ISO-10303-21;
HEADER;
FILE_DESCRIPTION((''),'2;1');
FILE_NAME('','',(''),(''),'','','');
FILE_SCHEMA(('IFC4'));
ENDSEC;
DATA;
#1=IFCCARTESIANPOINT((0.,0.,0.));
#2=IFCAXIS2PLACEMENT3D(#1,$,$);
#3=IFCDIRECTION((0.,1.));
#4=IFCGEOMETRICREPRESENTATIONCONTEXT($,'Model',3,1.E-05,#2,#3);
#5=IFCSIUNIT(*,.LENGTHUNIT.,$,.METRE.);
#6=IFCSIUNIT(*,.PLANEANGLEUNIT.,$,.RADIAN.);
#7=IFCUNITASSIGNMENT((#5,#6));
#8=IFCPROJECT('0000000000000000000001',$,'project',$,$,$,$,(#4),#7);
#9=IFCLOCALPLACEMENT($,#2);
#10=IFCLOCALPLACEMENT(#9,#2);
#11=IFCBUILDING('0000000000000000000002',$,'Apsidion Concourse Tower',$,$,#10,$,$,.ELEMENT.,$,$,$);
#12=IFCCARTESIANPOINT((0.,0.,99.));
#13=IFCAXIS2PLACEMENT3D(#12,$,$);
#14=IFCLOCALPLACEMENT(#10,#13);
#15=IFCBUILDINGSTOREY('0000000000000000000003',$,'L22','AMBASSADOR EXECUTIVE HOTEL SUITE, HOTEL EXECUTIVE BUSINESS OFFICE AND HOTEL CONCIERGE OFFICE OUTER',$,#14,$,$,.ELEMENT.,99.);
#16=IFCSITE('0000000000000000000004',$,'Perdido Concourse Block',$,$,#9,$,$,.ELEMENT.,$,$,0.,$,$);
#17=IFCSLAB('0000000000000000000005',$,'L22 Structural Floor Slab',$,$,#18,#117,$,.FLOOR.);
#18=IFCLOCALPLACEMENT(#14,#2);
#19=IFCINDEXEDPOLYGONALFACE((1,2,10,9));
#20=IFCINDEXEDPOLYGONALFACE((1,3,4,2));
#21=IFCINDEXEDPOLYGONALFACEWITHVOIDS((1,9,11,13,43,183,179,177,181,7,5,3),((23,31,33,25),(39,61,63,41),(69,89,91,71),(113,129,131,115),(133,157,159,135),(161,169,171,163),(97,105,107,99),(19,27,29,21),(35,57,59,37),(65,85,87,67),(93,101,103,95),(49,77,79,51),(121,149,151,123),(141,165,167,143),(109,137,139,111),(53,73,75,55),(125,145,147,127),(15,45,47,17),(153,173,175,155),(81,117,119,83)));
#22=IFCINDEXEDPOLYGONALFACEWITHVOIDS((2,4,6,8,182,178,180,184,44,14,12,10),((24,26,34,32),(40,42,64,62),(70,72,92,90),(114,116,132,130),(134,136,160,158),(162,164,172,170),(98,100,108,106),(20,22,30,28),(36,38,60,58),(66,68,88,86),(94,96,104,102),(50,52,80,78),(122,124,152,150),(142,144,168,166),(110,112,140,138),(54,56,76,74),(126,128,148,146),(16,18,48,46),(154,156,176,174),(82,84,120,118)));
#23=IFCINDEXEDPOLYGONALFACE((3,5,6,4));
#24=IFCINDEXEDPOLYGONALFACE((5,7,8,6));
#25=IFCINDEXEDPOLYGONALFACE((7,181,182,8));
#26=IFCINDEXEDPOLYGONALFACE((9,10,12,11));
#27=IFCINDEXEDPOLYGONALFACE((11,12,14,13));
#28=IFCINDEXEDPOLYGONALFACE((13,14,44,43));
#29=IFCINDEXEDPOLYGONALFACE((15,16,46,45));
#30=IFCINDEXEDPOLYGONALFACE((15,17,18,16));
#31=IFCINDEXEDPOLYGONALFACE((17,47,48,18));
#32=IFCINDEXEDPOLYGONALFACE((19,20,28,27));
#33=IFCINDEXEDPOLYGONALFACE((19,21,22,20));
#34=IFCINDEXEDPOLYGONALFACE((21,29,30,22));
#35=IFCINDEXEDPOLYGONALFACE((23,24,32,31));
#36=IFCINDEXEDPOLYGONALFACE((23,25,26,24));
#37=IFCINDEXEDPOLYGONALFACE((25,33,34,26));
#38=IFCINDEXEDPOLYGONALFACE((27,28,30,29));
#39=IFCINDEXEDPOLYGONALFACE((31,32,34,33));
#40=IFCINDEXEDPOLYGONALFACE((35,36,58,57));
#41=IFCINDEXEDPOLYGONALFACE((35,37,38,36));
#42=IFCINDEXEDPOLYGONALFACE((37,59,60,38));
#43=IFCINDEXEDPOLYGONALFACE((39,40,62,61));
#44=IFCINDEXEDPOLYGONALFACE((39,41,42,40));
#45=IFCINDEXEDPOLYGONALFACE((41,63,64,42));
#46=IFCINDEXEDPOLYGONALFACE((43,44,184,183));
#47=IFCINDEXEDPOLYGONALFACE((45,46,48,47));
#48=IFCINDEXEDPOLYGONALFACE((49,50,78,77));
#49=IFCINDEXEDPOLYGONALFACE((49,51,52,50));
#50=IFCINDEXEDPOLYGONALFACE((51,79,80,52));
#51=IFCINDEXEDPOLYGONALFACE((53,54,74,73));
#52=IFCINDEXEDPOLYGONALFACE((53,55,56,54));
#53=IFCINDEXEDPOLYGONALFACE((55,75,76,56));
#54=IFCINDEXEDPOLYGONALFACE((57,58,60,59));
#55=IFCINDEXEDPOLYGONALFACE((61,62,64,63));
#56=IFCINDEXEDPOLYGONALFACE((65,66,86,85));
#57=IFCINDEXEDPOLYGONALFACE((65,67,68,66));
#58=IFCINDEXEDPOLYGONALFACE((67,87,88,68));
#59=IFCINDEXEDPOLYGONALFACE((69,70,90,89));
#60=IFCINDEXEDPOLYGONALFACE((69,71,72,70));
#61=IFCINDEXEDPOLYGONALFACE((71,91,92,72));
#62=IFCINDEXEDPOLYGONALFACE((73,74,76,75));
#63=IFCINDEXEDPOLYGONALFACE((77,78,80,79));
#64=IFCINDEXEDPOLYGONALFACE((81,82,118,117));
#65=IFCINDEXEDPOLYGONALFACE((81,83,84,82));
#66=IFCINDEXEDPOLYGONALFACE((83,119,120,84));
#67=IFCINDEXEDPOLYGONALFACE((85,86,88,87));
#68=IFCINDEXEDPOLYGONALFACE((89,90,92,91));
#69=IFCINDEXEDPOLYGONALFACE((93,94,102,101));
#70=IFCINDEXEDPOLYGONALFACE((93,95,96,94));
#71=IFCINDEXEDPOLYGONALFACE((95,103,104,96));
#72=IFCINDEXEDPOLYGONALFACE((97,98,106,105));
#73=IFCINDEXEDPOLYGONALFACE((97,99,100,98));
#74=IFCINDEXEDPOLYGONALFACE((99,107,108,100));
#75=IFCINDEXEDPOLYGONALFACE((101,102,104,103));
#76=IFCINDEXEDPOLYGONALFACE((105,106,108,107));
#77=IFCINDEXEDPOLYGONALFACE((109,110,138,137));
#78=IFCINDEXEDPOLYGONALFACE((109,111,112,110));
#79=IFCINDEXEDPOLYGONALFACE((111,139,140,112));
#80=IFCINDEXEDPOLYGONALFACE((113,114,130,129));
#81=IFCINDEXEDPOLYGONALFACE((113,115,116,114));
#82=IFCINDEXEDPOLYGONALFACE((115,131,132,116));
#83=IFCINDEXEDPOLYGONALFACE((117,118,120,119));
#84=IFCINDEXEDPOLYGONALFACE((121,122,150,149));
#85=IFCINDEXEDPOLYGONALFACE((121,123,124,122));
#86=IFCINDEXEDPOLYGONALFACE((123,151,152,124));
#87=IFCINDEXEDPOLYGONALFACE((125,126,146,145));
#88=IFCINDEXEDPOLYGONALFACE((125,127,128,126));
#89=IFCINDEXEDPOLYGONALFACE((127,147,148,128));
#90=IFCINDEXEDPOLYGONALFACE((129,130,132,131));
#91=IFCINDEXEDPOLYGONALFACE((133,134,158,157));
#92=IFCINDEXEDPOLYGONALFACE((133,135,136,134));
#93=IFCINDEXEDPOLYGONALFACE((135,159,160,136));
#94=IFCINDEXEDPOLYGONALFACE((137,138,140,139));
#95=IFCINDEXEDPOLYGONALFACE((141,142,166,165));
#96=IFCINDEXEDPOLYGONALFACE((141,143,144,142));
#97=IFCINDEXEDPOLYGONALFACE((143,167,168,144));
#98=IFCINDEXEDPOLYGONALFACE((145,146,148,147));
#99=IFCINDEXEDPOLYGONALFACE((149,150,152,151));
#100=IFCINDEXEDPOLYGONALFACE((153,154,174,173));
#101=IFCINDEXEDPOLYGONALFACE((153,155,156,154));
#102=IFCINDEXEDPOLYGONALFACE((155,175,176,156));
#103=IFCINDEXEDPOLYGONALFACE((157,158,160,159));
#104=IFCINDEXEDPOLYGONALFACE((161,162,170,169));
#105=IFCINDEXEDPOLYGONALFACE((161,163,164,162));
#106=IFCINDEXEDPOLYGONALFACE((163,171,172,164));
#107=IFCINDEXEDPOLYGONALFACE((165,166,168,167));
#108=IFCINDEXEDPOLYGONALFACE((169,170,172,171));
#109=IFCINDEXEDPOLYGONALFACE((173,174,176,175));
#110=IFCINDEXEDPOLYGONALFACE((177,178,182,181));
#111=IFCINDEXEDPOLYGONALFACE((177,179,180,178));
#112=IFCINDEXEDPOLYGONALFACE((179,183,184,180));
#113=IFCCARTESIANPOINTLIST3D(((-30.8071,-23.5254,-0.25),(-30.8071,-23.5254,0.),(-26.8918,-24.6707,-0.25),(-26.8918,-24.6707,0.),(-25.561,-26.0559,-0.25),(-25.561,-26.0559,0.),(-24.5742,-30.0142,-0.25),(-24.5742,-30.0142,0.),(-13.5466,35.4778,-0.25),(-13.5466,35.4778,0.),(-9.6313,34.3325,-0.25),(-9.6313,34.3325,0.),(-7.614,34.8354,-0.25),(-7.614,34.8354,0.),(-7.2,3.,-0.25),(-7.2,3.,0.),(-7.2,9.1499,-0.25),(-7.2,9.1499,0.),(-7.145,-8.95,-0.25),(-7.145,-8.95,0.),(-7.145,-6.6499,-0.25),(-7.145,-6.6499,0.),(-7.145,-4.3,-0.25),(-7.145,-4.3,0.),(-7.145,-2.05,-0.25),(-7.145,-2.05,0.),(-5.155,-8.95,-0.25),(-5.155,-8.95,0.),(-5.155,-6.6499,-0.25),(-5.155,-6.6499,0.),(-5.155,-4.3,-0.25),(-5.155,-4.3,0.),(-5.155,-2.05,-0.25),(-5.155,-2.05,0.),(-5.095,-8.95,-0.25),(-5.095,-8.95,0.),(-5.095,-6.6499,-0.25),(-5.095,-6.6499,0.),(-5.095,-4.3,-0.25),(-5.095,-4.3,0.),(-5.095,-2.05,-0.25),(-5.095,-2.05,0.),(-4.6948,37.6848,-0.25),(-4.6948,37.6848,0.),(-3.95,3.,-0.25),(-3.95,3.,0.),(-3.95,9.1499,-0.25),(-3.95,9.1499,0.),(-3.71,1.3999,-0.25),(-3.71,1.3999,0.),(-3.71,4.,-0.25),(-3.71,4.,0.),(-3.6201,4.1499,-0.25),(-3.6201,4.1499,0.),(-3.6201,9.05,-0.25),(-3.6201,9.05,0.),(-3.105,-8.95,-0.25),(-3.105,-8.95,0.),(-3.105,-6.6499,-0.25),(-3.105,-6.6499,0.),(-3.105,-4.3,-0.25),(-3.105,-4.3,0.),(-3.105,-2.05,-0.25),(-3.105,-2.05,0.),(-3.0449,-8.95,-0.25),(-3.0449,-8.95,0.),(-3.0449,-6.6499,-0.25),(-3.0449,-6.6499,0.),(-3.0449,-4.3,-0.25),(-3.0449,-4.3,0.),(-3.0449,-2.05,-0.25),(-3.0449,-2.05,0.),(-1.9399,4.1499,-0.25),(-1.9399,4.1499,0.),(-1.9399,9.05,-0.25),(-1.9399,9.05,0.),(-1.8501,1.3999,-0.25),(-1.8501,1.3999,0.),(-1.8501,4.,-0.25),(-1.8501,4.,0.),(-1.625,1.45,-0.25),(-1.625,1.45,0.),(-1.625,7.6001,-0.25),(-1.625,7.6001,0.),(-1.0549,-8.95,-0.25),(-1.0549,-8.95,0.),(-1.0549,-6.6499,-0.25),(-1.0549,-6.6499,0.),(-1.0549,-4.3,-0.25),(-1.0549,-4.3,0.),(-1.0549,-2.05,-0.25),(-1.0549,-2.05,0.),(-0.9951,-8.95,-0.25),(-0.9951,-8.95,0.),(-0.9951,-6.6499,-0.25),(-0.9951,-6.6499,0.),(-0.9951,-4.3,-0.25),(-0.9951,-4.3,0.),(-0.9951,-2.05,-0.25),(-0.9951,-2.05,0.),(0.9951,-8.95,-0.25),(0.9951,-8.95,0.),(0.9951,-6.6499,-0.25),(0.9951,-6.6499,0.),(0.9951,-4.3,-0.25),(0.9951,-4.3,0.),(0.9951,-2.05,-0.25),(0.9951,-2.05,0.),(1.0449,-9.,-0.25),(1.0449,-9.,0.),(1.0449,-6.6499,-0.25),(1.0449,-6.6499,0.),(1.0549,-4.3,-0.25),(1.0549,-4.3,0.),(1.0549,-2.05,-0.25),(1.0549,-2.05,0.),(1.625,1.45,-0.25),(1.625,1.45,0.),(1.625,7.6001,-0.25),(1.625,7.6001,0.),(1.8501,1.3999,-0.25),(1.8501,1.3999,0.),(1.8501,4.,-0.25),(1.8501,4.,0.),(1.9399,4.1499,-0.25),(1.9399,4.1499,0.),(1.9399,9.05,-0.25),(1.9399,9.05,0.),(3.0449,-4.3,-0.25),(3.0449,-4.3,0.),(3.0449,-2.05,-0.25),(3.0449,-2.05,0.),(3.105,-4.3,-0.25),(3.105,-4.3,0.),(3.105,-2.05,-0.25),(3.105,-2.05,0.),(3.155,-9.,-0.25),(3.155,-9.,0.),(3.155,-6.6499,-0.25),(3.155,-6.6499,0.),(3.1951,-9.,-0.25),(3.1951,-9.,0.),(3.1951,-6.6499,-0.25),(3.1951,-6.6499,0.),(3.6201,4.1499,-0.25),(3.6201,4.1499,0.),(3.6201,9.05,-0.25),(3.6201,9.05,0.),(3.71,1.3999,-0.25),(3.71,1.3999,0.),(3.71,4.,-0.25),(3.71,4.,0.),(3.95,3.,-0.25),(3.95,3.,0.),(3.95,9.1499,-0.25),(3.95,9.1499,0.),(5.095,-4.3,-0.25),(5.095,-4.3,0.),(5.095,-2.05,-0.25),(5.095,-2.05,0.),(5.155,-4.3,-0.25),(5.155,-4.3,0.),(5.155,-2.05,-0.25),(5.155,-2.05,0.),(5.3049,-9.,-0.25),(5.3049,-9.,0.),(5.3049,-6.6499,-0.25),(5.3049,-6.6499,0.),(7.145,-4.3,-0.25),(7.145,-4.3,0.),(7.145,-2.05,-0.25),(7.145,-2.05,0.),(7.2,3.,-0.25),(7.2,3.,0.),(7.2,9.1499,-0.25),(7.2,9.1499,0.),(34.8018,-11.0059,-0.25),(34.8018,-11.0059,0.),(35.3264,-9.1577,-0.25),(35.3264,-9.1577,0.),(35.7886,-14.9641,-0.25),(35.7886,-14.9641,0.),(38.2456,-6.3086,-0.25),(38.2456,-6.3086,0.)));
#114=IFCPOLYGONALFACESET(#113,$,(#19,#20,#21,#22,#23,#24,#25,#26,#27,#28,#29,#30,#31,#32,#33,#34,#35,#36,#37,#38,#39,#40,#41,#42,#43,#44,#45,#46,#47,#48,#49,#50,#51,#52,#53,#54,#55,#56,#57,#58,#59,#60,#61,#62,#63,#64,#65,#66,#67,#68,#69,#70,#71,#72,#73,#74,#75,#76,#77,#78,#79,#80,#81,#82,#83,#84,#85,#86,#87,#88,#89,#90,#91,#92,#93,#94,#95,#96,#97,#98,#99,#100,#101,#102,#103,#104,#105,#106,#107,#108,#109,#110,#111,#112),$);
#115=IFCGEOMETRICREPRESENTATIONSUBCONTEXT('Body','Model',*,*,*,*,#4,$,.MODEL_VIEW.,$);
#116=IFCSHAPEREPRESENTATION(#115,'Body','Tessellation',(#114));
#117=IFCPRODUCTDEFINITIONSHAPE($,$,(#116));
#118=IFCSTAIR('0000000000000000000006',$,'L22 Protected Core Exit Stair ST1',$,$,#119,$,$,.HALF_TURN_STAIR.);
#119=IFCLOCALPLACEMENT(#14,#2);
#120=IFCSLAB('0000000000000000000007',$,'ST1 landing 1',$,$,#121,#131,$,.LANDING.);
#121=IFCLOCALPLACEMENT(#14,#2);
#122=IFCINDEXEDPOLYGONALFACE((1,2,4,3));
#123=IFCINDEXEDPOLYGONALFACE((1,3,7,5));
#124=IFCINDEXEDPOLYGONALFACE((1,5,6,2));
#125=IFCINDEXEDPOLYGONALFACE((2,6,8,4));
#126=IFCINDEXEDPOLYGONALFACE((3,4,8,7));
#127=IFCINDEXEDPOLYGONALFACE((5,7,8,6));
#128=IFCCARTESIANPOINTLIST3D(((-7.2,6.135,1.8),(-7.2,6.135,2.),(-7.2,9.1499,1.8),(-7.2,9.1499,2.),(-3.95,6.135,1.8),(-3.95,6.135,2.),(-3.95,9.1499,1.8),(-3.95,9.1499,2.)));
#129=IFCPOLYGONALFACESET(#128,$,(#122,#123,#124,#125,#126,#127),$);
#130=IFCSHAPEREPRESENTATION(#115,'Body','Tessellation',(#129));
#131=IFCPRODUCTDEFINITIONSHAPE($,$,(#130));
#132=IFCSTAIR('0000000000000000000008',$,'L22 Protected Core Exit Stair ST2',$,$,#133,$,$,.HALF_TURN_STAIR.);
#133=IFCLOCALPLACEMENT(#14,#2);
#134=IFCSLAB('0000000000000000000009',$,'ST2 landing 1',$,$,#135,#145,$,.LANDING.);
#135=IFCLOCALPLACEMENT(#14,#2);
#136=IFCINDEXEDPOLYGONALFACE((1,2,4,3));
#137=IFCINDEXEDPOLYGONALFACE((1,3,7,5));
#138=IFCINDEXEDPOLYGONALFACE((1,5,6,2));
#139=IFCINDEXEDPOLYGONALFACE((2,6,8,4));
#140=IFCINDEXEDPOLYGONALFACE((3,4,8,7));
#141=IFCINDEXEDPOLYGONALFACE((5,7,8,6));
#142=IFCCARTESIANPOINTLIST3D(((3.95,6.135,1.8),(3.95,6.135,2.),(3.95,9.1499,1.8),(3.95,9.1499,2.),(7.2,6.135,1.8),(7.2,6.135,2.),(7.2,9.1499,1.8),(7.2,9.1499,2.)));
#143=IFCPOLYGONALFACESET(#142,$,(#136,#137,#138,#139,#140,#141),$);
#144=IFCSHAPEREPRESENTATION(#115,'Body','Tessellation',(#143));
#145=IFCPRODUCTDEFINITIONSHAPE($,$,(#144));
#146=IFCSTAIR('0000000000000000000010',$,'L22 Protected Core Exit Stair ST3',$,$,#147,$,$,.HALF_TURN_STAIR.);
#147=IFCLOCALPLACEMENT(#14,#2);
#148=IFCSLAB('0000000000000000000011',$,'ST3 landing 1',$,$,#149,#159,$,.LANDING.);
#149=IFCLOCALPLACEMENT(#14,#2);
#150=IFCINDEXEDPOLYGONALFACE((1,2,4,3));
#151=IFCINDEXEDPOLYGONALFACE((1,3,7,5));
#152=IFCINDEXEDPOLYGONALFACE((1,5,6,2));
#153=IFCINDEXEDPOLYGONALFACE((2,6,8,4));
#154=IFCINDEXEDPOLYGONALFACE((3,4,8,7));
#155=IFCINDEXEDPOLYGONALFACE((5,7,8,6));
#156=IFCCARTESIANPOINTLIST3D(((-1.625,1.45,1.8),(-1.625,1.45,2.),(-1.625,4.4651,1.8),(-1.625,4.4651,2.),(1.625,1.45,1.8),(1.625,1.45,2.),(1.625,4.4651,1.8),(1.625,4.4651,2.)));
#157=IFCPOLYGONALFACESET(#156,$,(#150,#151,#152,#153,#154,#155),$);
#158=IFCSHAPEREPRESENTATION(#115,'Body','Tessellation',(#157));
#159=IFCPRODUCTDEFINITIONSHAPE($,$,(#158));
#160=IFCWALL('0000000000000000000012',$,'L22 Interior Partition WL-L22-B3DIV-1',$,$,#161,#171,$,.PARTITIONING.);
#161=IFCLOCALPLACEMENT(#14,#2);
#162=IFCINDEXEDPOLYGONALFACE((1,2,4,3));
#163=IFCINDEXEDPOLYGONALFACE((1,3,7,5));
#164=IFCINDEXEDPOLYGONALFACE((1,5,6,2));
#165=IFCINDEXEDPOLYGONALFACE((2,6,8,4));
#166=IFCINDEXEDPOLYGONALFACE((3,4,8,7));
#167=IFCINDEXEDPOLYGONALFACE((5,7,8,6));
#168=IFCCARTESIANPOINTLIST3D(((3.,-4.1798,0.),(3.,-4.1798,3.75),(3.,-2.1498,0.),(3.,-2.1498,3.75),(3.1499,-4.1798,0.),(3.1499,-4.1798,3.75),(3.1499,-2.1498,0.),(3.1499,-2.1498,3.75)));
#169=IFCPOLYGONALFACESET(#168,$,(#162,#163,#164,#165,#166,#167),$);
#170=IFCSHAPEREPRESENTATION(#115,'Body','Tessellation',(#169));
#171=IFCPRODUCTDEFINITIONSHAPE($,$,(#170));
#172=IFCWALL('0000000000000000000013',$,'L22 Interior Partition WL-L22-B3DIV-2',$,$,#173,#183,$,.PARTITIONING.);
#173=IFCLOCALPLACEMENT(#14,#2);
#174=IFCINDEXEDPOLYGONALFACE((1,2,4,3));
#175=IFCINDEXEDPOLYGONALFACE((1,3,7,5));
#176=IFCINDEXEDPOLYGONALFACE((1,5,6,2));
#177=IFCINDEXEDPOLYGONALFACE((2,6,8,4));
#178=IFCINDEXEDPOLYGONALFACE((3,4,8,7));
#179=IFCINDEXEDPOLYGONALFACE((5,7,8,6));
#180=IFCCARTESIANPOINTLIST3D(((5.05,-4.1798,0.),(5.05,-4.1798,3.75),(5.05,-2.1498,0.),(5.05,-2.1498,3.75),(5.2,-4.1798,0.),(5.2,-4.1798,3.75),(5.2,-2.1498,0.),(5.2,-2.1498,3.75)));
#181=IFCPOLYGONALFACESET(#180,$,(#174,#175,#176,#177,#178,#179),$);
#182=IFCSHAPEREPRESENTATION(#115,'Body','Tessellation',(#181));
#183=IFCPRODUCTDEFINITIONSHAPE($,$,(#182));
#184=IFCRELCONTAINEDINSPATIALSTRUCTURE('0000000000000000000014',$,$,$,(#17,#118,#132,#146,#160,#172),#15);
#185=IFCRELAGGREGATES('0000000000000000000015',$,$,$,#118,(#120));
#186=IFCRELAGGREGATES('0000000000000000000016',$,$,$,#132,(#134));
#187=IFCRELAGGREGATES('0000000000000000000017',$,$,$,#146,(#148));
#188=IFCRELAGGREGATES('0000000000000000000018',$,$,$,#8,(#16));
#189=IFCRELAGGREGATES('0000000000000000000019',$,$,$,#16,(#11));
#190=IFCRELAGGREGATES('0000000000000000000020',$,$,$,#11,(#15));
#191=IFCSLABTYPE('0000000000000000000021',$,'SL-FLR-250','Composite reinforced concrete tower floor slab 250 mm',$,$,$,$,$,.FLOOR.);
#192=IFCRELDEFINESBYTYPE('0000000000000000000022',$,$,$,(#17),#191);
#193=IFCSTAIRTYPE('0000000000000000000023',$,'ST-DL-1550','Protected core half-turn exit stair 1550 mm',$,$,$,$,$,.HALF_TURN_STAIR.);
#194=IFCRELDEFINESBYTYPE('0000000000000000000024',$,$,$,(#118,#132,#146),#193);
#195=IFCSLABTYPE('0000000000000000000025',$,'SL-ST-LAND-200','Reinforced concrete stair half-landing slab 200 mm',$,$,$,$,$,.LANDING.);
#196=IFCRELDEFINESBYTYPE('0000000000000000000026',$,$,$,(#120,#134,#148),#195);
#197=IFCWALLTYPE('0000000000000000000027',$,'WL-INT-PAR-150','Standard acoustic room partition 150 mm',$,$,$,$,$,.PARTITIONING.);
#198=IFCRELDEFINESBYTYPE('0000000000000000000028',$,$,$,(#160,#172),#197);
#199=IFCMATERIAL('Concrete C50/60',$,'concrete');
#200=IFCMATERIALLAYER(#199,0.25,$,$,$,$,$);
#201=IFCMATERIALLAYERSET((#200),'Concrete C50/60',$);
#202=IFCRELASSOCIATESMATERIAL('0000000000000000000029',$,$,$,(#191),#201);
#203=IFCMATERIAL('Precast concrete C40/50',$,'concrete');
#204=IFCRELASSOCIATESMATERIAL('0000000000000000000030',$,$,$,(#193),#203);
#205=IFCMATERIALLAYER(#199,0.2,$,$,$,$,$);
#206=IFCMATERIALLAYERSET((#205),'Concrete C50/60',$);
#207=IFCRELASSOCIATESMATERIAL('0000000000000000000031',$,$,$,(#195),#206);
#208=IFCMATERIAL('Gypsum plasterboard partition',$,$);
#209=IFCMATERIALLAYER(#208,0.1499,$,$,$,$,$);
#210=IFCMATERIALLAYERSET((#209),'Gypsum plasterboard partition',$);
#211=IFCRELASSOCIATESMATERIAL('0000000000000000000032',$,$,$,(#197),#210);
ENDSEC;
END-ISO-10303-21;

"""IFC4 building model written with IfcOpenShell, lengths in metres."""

from ifc_helpers import new_model, si_unit, direction, frame, frame_2d, origin, place, context, subcontext, project, spatial, polyline, rectangle, outline, extrude, material, layer, layer_set, type_object, element, aggregate, save


model = new_model("IFC4")

# Units and contexts
model_context = context("Model", 3, precision=1e-05, world=origin(), true_north=direction((0.0, 1.0)))
body_context = subcontext(model_context, "Body", "Model", "MODEL_VIEW")
ifc_project = project(units=[si_unit("LENGTHUNIT", "METRE"), si_unit("PLANEANGLEUNIT", "RADIAN")], contexts=[model_context])

# Site, building, storey
site_placement = place(None, origin())
site = spatial("IfcSite", under=ifc_project, at=site_placement, Name="Perdido Concourse Block", CompositionType="ELEMENT", RefElevation=0.0)
building_placement = place(site_placement, origin())
building = spatial("IfcBuilding", under=site, at=building_placement, Name="Apsidion Concourse Tower", CompositionType="ELEMENT")
storey_placement = place(building_placement, frame((0.0, 0.0, 99.0)))
storey = spatial("IfcBuildingStorey", under=building, at=storey_placement, Name="L22", Description="AMBASSADOR EXECUTIVE HOTEL SUITE, HOTEL EXECUTIVE BUSINESS OFFICE AND HOTEL CONCIERGE OFFICE OUTER", CompositionType="ELEMENT", Elevation=99.0)

# Shared definitions
ifc_material_1 = material(Name="Concrete C50/60", Category="concrete")

# Slab
ifc_layer_1 = layer(ifc_material_1, 0.25)
ifc_layer_set_1 = layer_set([ifc_layer_1], Name="Concrete C50/60")
slab_type_1 = type_object("IfcSlabType", Name="SL-FLR-250", Description="Composite reinforced concrete tower floor slab 250 mm", PredefinedType="FLOOR", material=ifc_layer_set_1)
slab_1_placement = place(storey_placement, frame((0.0, 0.0, -0.25)))
element("IfcSlab", 1, at=slab_1_placement, inside=storey, type_object=slab_type_1, Name="L22 Structural Floor Slab", PredefinedType="FLOOR", context=body_context, shape_type="SweptSolid", body=[
    extrude(outline(polyline([(-4.6948, 37.6848), (-7.614, 34.8354), (-9.6313, 34.3325), (-13.5466, 35.4778), (-30.8071, -23.5254), (-26.8918, -24.6707), (-25.561, -26.0559), (-24.5742, -30.0142), (35.7886, -14.9641), (34.8018, -11.0059), (35.3264, -9.1577), (38.2456, -6.3086), (-4.6948, 37.6848)]), holes=[polyline([(-3.95, 3.0), (-3.95, 9.1499), (-7.2, 9.1499), (-7.2, 3.0), (-3.95, 3.0)]), polyline([(7.2, 3.0), (7.2, 9.1499), (3.95, 9.1499), (3.95, 3.0), (7.2, 3.0)]), polyline([(-1.625, 7.6001), (-1.625, 1.45), (1.625, 1.45), (1.625, 7.6001), (-1.625, 7.6001)]), polyline([(-7.145, -4.3), (-5.155, -4.3), (-5.155, -2.05), (-7.145, -2.05), (-7.145, -4.3)]), polyline([(-5.095, -4.3), (-3.105, -4.3), (-3.105, -2.05), (-5.095, -2.05), (-5.095, -4.3)]), polyline([(-3.0449, -4.3), (-1.0549, -4.3), (-1.0549, -2.05), (-3.0449, -2.05), (-3.0449, -4.3)]), polyline([(-0.9951, -4.3), (0.9951, -4.3), (0.9951, -2.05), (-0.9951, -2.05), (-0.9951, -4.3)]), polyline([(1.0549, -4.3), (3.0449, -4.3), (3.0449, -2.05), (1.0549, -2.05), (1.0549, -4.3)]), polyline([(3.105, -4.3), (5.095, -4.3), (5.095, -2.05), (3.105, -2.05), (3.105, -4.3)]), polyline([(5.155, -4.3), (7.145, -4.3), (7.145, -2.05), (5.155, -2.05), (5.155, -4.3)]), polyline([(-7.145, -8.95), (-5.155, -8.95), (-5.155, -6.6499), (-7.145, -6.6499), (-7.145, -8.95)]), polyline([(-5.095, -8.95), (-3.105, -8.95), (-3.105, -6.6499), (-5.095, -6.6499), (-5.095, -8.95)]), polyline([(-3.0449, -8.95), (-1.0549, -8.95), (-1.0549, -6.6499), (-3.0449, -6.6499), (-3.0449, -8.95)]), polyline([(-0.9951, -8.95), (0.9951, -8.95), (0.9951, -6.6499), (-0.9951, -6.6499), (-0.9951, -8.95)]), polyline([(1.0449, -9.0), (3.155, -9.0), (3.155, -6.6499), (1.0449, -6.6499), (1.0449, -9.0)]), polyline([(3.1951, -9.0), (5.3049, -9.0), (5.3049, -6.6499), (3.1951, -6.6499), (3.1951, -9.0)]), polyline([(-3.71, 1.3999), (-1.8501, 1.3999), (-1.8501, 4.0), (-3.71, 4.0), (-3.71, 1.3999)]), polyline([(1.8501, 1.3999), (3.71, 1.3999), (3.71, 4.0), (1.8501, 4.0), (1.8501, 1.3999)]), polyline([(-3.6201, 4.1499), (-1.9399, 4.1499), (-1.9399, 9.05), (-3.6201, 9.05), (-3.6201, 4.1499)]), polyline([(1.9399, 4.1499), (3.6201, 4.1499), (3.6201, 9.05), (1.9399, 9.05), (1.9399, 4.1499)])]), origin(), (0.0, 0.0, 1.0), 0.25),
])

# Stairs, slabs
ifc_material_2 = material(Name="Precast concrete C40/50", Category="concrete")
stair_type = type_object("IfcStairType", Name="ST-DL-1550", Description="Protected core half-turn exit stair 1550 mm", PredefinedType="HALF_TURN_STAIR", material=ifc_material_2)
stair_1_placement = place(storey_placement, origin())
stair_1 = element("IfcStair", 2, at=stair_1_placement, inside=storey, type_object=stair_type, Name="L22 Protected Core Exit Stair ST1", PredefinedType="HALF_TURN_STAIR")
ifc_layer_2 = layer(ifc_material_1, 0.2)
ifc_layer_set_2 = layer_set([ifc_layer_2], Name="Concrete C50/60")
slab_type_2 = type_object("IfcSlabType", Name="SL-ST-LAND-200", Description="Reinforced concrete stair half-landing slab 200 mm", PredefinedType="LANDING", material=ifc_layer_set_2)
slab_2_placement = place(storey_placement, frame((0.0, 0.0, 1.8)))
slab_2 = element("IfcSlab", 3, at=slab_2_placement, type_object=slab_type_2, Name="ST1 landing 1", PredefinedType="LANDING", context=body_context, shape_type="SweptSolid", body=[
    extrude(outline(polyline([(-3.95, 6.135), (-3.95, 9.1499), (-7.2, 9.1499), (-7.2, 6.135), (-3.95, 6.135)])), origin(), (0.0, 0.0, 1.0), 0.2),
])
aggregate(stair_1, [slab_2])
stair_2_placement = place(storey_placement, origin())
stair_2 = element("IfcStair", 4, at=stair_2_placement, inside=storey, type_object=stair_type, Name="L22 Protected Core Exit Stair ST2", PredefinedType="HALF_TURN_STAIR")
slab_3_placement = place(storey_placement, frame((0.0, 0.0, 1.8)))
slab_3 = element("IfcSlab", 5, at=slab_3_placement, type_object=slab_type_2, Name="ST2 landing 1", PredefinedType="LANDING", context=body_context, shape_type="SweptSolid", body=[
    extrude(outline(polyline([(7.2, 6.135), (7.2, 9.1499), (3.95, 9.1499), (3.95, 6.135), (7.2, 6.135)])), origin(), (0.0, 0.0, 1.0), 0.2),
])
aggregate(stair_2, [slab_3])
stair_3_placement = place(storey_placement, origin())
stair_3 = element("IfcStair", 6, at=stair_3_placement, inside=storey, type_object=stair_type, Name="L22 Protected Core Exit Stair ST3", PredefinedType="HALF_TURN_STAIR")
slab_4_placement = place(storey_placement, frame((0.0, 0.0, 1.8)))
slab_4 = element("IfcSlab", 7, at=slab_4_placement, type_object=slab_type_2, Name="ST3 landing 1", PredefinedType="LANDING", context=body_context, shape_type="SweptSolid", body=[
    extrude(outline(polyline([(-1.625, 4.4651), (-1.625, 1.45), (1.625, 1.45), (1.625, 4.4651), (-1.625, 4.4651)])), origin(), (0.0, 0.0, 1.0), 0.2),
])
aggregate(stair_3, [slab_4])

# Walls
ifc_material_3 = material(Name="Gypsum plasterboard partition")
ifc_layer_3 = layer(ifc_material_3, 0.1499)
ifc_layer_set_3 = layer_set([ifc_layer_3], Name="Gypsum plasterboard partition")
wall_type_1 = type_object("IfcWallType", Name="WL-INT-PAR-150", Description="Standard acoustic room partition 150 mm", PredefinedType="PARTITIONING", material=ifc_layer_set_3)
for number, where, z_axis, x_axis, name in (
    (8, (3.075, -4.1799, 0.0), (0.0, 0.0, 1.0), (0.0, 1.0, 0.0), "L22 Interior Partition WL-L22-B3DIV-1"),
    (9, (5.125, -4.1799, 0.0), (0.0, 0.0, 1.0), (0.0, 1.0, 0.0), "L22 Interior Partition WL-L22-B3DIV-2"),
):
    element("IfcWall", number, at=place(storey_placement, frame(where, z_axis=z_axis, x_axis=x_axis)), inside=storey, type_object=wall_type_1, Name=name, PredefinedType="PARTITIONING", context=body_context, shape_type="SweptSolid", body=[
        extrude(rectangle(XDim=2.03, YDim=0.1499, at=frame_2d((1.0151, 0.0))), origin(), (0.0, 0.0, 1.0), 3.75),
    ])

save(model, "model.ifc")
